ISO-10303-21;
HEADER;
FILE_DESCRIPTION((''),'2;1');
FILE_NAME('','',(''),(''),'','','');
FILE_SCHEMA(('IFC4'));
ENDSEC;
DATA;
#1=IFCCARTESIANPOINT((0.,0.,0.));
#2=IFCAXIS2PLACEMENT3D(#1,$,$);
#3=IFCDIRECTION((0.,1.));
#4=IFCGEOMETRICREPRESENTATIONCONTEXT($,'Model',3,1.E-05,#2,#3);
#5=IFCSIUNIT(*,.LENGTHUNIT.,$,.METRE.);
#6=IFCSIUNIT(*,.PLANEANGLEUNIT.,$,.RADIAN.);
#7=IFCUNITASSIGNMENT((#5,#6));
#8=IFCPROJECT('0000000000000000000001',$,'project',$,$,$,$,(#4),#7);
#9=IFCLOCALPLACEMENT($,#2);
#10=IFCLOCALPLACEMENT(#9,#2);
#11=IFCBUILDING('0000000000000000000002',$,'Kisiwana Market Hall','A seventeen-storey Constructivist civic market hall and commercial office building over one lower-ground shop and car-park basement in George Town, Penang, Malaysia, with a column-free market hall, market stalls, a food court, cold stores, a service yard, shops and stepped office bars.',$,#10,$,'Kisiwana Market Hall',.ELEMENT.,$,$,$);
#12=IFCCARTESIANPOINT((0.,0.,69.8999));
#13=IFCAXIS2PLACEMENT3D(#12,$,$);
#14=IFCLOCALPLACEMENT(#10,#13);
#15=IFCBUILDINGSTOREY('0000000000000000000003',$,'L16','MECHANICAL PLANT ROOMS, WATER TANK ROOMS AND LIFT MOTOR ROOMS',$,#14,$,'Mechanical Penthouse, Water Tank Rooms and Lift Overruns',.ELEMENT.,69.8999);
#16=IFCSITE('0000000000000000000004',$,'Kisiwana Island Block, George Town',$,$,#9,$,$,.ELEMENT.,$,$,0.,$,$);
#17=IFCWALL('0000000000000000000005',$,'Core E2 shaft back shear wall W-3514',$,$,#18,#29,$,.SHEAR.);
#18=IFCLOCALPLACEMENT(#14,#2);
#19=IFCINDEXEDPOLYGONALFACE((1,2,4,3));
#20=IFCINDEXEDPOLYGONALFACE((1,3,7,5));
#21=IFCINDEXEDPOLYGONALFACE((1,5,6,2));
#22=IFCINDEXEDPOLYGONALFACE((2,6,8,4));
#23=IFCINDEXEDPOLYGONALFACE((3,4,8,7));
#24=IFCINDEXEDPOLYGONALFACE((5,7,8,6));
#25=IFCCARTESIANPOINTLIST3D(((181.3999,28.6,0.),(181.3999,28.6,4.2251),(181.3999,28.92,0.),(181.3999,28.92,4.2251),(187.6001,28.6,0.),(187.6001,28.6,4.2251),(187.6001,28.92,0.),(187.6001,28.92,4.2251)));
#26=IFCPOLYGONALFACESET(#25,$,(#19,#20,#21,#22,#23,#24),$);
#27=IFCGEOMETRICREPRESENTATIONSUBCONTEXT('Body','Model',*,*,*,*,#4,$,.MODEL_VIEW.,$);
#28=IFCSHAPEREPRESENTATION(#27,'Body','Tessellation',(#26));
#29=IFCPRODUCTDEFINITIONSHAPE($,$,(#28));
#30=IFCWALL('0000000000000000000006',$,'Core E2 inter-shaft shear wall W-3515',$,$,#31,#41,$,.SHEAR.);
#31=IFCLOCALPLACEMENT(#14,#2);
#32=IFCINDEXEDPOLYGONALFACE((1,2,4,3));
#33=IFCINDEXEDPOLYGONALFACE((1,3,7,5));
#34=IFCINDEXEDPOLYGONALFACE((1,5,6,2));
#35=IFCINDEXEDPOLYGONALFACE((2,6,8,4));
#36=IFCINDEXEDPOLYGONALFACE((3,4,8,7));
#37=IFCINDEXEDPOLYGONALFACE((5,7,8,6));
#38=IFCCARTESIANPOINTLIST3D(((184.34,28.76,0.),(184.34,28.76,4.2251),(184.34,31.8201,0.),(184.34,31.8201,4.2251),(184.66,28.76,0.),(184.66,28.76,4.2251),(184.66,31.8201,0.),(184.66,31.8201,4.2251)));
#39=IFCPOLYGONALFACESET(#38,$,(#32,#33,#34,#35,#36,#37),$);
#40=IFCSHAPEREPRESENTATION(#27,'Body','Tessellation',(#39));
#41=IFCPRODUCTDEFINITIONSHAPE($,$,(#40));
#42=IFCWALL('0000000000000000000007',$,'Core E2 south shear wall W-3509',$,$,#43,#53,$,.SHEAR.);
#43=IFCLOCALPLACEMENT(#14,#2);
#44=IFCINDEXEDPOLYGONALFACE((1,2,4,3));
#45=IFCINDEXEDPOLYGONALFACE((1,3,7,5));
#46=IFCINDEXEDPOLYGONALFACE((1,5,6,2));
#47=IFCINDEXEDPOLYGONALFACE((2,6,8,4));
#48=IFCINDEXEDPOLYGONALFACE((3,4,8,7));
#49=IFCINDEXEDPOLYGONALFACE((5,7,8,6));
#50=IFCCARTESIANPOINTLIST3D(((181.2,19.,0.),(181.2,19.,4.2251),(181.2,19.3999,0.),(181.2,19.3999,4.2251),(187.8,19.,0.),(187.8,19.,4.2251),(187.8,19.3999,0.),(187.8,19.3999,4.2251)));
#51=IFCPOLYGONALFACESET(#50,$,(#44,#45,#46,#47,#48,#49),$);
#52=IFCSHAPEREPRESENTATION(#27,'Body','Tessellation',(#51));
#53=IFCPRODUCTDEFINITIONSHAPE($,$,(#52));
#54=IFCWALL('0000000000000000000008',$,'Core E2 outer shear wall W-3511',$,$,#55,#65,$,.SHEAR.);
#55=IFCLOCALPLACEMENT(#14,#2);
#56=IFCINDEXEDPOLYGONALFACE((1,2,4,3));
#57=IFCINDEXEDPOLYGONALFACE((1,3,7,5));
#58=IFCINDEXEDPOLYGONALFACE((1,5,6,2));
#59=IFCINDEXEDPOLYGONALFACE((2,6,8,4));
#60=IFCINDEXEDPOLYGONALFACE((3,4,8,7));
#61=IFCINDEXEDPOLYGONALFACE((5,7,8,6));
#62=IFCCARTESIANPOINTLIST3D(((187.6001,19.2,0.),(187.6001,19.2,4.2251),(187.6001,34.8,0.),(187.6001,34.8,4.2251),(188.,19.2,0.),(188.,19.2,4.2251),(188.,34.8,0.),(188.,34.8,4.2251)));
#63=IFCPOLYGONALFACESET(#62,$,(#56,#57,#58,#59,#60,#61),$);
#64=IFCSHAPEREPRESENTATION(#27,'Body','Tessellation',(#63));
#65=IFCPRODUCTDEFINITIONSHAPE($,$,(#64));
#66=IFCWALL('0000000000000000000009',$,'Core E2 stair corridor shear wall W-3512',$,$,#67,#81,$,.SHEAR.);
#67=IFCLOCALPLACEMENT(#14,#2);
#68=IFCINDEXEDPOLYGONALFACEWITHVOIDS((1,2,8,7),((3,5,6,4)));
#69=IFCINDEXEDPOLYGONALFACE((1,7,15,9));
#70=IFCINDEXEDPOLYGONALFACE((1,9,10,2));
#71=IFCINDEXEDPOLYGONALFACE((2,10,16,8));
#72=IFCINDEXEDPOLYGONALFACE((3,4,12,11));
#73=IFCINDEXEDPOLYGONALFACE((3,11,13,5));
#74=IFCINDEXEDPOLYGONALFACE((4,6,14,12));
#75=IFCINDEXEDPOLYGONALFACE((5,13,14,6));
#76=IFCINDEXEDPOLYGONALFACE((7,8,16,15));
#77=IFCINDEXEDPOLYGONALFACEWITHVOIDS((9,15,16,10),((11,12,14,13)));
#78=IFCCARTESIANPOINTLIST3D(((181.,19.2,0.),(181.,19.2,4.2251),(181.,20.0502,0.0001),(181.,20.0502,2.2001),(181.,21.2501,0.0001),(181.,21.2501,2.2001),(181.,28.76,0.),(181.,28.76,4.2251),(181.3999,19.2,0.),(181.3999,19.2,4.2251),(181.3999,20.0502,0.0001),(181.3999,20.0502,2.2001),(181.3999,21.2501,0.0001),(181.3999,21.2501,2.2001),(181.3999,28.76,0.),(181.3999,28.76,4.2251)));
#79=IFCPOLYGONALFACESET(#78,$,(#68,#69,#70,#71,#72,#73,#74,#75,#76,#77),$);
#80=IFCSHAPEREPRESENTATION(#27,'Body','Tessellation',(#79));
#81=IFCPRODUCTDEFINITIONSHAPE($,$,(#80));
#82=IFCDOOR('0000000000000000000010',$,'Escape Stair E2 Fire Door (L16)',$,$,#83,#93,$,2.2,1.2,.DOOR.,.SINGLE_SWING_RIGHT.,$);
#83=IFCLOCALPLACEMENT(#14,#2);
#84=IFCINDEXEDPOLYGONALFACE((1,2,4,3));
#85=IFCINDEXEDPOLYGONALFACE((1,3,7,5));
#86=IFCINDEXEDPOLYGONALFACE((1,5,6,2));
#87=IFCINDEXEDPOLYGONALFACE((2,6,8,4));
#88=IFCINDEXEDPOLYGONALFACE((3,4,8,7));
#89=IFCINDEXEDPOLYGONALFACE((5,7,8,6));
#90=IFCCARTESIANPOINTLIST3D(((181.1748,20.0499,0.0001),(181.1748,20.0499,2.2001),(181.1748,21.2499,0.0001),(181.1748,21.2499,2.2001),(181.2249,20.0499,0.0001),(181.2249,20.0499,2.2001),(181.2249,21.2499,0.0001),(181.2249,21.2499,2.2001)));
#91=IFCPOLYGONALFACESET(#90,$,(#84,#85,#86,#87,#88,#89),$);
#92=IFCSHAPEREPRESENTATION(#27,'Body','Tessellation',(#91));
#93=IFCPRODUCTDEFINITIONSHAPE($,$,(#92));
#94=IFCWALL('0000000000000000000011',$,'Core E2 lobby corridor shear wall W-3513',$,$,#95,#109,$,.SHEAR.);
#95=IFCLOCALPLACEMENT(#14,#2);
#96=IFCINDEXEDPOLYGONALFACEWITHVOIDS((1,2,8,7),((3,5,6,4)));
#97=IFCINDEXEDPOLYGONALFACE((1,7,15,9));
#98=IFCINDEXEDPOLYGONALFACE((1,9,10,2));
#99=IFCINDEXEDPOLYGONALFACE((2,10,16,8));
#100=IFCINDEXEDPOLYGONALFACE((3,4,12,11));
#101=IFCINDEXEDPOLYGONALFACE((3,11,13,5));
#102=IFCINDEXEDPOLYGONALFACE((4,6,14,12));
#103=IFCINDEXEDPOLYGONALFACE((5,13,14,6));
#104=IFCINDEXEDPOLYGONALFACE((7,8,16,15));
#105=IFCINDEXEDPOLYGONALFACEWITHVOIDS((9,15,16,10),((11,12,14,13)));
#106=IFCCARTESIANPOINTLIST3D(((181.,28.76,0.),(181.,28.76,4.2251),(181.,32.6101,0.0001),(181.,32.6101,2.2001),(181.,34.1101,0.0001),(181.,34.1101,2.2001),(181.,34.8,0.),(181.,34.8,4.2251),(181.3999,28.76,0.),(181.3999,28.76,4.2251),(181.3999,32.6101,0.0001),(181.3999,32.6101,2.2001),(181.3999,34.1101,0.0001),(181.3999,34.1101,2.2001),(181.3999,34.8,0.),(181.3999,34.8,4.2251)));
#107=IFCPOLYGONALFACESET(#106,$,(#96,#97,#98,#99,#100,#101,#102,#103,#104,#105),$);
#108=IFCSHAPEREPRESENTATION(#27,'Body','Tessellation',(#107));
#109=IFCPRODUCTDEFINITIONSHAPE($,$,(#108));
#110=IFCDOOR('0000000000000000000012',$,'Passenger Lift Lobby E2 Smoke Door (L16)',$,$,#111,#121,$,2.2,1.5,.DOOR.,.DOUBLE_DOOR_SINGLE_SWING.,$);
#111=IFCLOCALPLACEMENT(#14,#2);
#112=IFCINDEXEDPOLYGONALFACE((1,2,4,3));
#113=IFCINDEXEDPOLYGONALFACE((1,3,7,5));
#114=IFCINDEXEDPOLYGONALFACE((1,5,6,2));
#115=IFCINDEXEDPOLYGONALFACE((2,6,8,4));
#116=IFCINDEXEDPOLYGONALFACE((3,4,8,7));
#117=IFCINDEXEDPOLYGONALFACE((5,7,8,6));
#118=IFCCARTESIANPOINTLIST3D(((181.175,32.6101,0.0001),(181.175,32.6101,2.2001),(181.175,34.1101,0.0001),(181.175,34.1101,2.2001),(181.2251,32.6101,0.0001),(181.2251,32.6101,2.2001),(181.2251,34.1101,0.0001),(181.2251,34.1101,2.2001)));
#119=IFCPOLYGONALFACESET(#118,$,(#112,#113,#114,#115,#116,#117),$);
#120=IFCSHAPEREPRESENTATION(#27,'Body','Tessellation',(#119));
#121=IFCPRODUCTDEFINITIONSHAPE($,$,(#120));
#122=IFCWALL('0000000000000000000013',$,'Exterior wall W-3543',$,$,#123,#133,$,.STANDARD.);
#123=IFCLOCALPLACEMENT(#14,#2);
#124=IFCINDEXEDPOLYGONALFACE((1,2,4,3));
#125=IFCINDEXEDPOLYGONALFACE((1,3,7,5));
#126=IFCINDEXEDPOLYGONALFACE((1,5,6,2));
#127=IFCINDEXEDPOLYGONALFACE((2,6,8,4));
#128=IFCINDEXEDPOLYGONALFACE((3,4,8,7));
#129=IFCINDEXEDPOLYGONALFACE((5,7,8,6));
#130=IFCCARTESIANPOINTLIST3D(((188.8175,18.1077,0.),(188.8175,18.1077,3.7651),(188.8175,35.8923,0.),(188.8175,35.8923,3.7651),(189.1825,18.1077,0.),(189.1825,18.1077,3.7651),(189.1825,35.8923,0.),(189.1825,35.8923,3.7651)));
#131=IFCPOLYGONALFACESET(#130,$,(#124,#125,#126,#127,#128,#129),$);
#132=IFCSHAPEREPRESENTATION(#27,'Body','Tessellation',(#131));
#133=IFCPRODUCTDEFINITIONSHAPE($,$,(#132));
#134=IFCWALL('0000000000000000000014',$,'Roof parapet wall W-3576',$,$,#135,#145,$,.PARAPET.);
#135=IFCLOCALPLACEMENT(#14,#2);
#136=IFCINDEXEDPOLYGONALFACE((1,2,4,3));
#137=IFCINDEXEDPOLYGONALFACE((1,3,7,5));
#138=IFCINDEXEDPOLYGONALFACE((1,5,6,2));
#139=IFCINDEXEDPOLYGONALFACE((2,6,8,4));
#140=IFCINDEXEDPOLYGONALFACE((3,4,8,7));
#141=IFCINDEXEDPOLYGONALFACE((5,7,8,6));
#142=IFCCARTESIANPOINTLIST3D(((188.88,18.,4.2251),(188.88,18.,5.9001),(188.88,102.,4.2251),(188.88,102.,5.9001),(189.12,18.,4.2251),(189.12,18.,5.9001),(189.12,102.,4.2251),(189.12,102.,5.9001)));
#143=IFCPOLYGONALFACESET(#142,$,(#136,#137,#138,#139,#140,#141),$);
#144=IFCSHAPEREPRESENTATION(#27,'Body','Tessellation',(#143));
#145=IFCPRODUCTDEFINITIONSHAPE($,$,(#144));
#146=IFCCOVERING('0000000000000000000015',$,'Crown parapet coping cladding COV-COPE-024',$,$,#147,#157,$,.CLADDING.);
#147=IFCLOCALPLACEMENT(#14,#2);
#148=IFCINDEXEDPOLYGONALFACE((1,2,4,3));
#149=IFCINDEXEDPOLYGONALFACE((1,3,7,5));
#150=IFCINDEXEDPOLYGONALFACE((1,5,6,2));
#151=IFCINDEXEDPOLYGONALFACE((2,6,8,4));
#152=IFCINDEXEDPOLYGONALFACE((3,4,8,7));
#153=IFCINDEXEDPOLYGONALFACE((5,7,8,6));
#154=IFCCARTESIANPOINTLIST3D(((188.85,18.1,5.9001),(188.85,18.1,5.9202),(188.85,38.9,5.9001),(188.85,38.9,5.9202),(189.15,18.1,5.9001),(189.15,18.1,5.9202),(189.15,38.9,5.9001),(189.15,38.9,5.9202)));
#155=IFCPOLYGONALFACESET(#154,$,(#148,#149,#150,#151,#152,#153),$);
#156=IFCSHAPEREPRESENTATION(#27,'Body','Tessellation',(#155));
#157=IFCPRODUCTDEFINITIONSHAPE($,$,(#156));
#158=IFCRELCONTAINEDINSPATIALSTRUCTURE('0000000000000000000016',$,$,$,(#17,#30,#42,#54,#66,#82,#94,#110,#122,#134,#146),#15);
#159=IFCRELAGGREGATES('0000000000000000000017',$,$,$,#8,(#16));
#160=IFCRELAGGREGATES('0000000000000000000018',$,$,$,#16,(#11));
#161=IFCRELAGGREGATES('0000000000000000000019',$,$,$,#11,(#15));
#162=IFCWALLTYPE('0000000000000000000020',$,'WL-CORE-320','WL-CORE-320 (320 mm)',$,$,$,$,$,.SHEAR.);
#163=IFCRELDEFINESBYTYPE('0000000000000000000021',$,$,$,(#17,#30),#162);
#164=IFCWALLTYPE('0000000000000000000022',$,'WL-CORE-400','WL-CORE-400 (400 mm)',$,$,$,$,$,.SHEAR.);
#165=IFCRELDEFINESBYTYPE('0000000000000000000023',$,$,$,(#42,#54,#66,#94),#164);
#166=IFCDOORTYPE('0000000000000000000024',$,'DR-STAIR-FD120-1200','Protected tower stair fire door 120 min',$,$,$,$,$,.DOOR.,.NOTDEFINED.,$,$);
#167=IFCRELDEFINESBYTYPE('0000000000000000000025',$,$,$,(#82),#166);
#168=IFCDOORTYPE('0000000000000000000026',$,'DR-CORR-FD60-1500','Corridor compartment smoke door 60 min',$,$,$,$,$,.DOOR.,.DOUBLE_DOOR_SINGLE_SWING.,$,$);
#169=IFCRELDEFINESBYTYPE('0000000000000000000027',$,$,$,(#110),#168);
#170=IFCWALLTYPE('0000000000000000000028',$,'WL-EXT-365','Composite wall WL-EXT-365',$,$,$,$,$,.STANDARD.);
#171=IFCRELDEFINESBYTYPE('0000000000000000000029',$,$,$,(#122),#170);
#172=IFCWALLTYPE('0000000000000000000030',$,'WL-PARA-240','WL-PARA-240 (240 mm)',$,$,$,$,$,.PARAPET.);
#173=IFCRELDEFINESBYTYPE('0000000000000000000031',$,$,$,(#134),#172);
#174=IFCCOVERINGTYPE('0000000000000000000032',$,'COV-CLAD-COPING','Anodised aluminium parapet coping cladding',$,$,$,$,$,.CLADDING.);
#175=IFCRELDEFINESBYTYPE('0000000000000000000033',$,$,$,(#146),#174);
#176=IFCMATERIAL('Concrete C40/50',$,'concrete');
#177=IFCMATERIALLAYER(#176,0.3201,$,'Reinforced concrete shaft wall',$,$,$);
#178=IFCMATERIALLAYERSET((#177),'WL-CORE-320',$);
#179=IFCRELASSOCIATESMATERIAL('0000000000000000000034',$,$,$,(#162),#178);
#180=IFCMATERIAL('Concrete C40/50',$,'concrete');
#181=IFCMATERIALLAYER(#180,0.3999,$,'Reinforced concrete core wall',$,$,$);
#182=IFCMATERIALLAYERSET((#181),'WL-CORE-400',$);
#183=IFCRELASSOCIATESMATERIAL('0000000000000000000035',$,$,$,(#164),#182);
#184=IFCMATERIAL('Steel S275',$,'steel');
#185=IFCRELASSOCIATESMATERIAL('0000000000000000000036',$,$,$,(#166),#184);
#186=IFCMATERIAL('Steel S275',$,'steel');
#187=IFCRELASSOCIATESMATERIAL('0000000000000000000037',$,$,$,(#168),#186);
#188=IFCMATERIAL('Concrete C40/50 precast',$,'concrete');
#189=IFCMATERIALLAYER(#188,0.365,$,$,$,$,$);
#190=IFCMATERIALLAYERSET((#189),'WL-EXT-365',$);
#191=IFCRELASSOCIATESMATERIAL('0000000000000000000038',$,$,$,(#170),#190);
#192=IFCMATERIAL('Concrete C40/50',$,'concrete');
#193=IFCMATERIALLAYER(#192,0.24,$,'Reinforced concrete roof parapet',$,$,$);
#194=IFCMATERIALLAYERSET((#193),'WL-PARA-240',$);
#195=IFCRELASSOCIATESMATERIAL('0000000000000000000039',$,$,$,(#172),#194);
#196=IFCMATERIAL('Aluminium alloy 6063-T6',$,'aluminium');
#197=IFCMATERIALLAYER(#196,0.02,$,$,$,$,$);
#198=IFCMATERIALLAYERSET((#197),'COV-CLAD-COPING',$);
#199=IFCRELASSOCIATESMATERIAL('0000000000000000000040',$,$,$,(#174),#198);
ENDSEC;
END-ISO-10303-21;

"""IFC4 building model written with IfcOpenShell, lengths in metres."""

from ifc_helpers import new_model, si_unit, direction, frame, frame_2d, origin, origin_2d, place, context, subcontext, project, spatial, rectangle, extrude, material, layer, layer_set, type_object, element, fill, save


model = new_model("IFC4")

# Units and contexts
model_context = context("Model", 3, precision=1e-05, world=origin(), true_north=direction((0.0, 1.0)))
body_context = subcontext(model_context, "Body", "Model", "MODEL_VIEW")
ifc_project = project(units=[si_unit("LENGTHUNIT", "METRE"), si_unit("PLANEANGLEUNIT", "RADIAN")], contexts=[model_context])

# Site, building, storey
site_placement = place(None, origin())
site = spatial("IfcSite", under=ifc_project, at=site_placement, Name="Kisiwana Island Block, George Town", CompositionType="ELEMENT", RefElevation=0.0)
building_placement = place(site_placement, origin())
building = spatial("IfcBuilding", under=site, at=building_placement, Name="Kisiwana Market Hall", Description="A seventeen-storey Constructivist civic market hall and commercial office building over one lower-ground shop and car-park basement in George Town, Penang, Malaysia, with a column-free market hall, market stalls, a food court, cold stores, a service yard, shops and stepped office bars.", LongName="Kisiwana Market Hall", CompositionType="ELEMENT")
storey_placement = place(building_placement, frame((0.0, 0.0, 69.8999)))
storey = spatial("IfcBuildingStorey", under=building, at=storey_placement, Name="L16", Description="MECHANICAL PLANT ROOMS, WATER TANK ROOMS AND LIFT MOTOR ROOMS", LongName="Mechanical Penthouse, Water Tank Rooms and Lift Overruns", CompositionType="ELEMENT", Elevation=69.8999)

# Walls
ifc_material_1 = material(Name="Concrete C40/50", Category="concrete")
ifc_layer_1 = layer(ifc_material_1, 0.3201, Name="Reinforced concrete shaft wall")
ifc_layer_set_1 = layer_set([ifc_layer_1], Name="WL-CORE-320")
wall_type_1 = type_object("IfcWallType", Name="WL-CORE-320", Description="WL-CORE-320 (320 mm)", PredefinedType="SHEAR", material=ifc_layer_set_1)
wall_1_placement = place(storey_placement, frame((181.3999, 28.76, 0.0), z_axis=(0.0, 0.0, 1.0), x_axis=(1.0, 0.0, 0.0)))
element("IfcWall", 1, at=wall_1_placement, inside=storey, type_object=wall_type_1, Name="Core E2 shaft back shear wall W-3514", PredefinedType="SHEAR", context=body_context, shape_type="SweptSolid", body=[
    extrude(rectangle(XDim=6.2002, YDim=0.3201, at=frame_2d((3.1001, 0.0))), origin(), (0.0, 0.0, 1.0), 4.2251),
])
wall_2_placement = place(storey_placement, frame((184.5, 28.76, 0.0), z_axis=(0.0, 0.0, 1.0), x_axis=(0.0, 1.0, 0.0)))
element("IfcWall", 2, at=wall_2_placement, inside=storey, type_object=wall_type_1, Name="Core E2 inter-shaft shear wall W-3515", PredefinedType="SHEAR", context=body_context, shape_type="SweptSolid", body=[
    extrude(rectangle(XDim=3.0601, YDim=0.3201, at=frame_2d((1.53, 0.0))), origin(), (0.0, 0.0, 1.0), 4.2251),
])
ifc_material_2 = material(Name="Concrete C40/50", Category="concrete")
ifc_layer_2 = layer(ifc_material_2, 0.3999, Name="Reinforced concrete core wall")
ifc_layer_set_2 = layer_set([ifc_layer_2], Name="WL-CORE-400")
wall_type_2 = type_object("IfcWallType", Name="WL-CORE-400", Description="WL-CORE-400 (400 mm)", PredefinedType="SHEAR", material=ifc_layer_set_2)
wall_3_placement = place(storey_placement, frame((181.2, 19.2, 0.0), z_axis=(0.0, 0.0, 1.0), x_axis=(1.0, 0.0, 0.0)))
element("IfcWall", 3, at=wall_3_placement, inside=storey, type_object=wall_type_2, Name="Core E2 south shear wall W-3509", PredefinedType="SHEAR", context=body_context, shape_type="SweptSolid", body=[
    extrude(rectangle(XDim=6.6001, YDim=0.3999, at=frame_2d((3.3, 0.0))), origin(), (0.0, 0.0, 1.0), 4.2251),
])
wall_4_placement = place(storey_placement, frame((187.8, 19.2, 0.0), z_axis=(0.0, 0.0, 1.0), x_axis=(0.0, 1.0, 0.0)))
element("IfcWall", 4, at=wall_4_placement, inside=storey, type_object=wall_type_2, Name="Core E2 outer shear wall W-3511", PredefinedType="SHEAR", context=body_context, shape_type="SweptSolid", body=[
    extrude(rectangle(XDim=15.6001, YDim=0.3999, at=frame_2d((7.8, 0.0))), origin(), (0.0, 0.0, 1.0), 4.2251),
])

# Walls, openings, doors
wall_5_placement = place(storey_placement, frame((181.2, 19.2, 0.0), z_axis=(0.0, 0.0, 1.0), x_axis=(0.0, 1.0, 0.0)))
wall_5 = element("IfcWall", 5, at=wall_5_placement, inside=storey, type_object=wall_type_2, Name="Core E2 stair corridor shear wall W-3512", PredefinedType="SHEAR", context=body_context, shape_type="SweptSolid", body=[
    extrude(rectangle(XDim=9.5601, YDim=0.3999, at=frame_2d((4.78, 0.0))), origin(), (0.0, 0.0, 1.0), 4.2251),
])
opening_1_placement = place(wall_5_placement, frame((0.8501, 0.0, 0.0)))
opening_1 = element("IfcOpeningElement", 6, at=opening_1_placement, cuts=wall_5, PredefinedType="OPENING", context=body_context, shape_type="SweptSolid", body=[
    extrude(rectangle(XDim=1.2, YDim=2.2, at=frame_2d((0.6001, 1.1001))), frame((0.0, 0.2119, 0.0), z_axis=(0.0, -1.0, 0.0), x_axis=(1.0, 0.0, 0.0)), (0.0, 0.0, 1.0), 0.4238),
])
ifc_material_3 = material(Name="Steel S275", Category="steel")
door_type_1 = type_object("IfcDoorType", Name="DR-STAIR-FD120-1200", Description="Protected tower stair fire door 120 min", OperationType="NOTDEFINED", PredefinedType="DOOR", material=ifc_material_3)
door_1_placement = place(opening_1_placement, frame((1.2, 0.0, 0.0), z_axis=(0.0, 0.0, 1.0), x_axis=(-1.0, 0.0, 0.0)))
door_1 = element("IfcDoor", 7, at=door_1_placement, inside=storey, type_object=door_type_1, Name="Escape Stair E2 Fire Door (L16)", OperationType="SINGLE_SWING_RIGHT", OverallHeight=2.2, OverallWidth=1.2, PredefinedType="DOOR", context=body_context, shape_type="SweptSolid", body=[
    extrude(rectangle(XDim=1.2, YDim=2.2, at=frame_2d((0.6001, 1.1001))), frame((0.0, 0.0249, 0.0), z_axis=(0.0, -1.0, 0.0), x_axis=(1.0, 0.0, 0.0)), (0.0, 0.0, 1.0), 0.05),
])
fill(opening_1, door_1)
wall_6_placement = place(storey_placement, frame((181.2, 28.76, 0.0), z_axis=(0.0, 0.0, 1.0), x_axis=(0.0, 1.0, 0.0)))
wall_6 = element("IfcWall", 8, at=wall_6_placement, inside=storey, type_object=wall_type_2, Name="Core E2 lobby corridor shear wall W-3513", PredefinedType="SHEAR", context=body_context, shape_type="SweptSolid", body=[
    extrude(rectangle(XDim=6.04, YDim=0.3999, at=frame_2d((3.02, 0.0))), origin(), (0.0, 0.0, 1.0), 4.2251),
])
opening_2_placement = place(wall_6_placement, frame((3.8501, 0.0, 0.0)))
opening_2 = element("IfcOpeningElement", 9, at=opening_2_placement, cuts=wall_6, PredefinedType="OPENING", context=body_context, shape_type="SweptSolid", body=[
    extrude(rectangle(XDim=1.5, YDim=2.2, at=frame_2d((0.75, 1.1001))), frame((0.0, 0.2119, 0.0), z_axis=(0.0, -1.0, 0.0), x_axis=(1.0, 0.0, 0.0)), (0.0, 0.0, 1.0), 0.4238),
])
ifc_material_4 = material(Name="Steel S275", Category="steel")
door_type_2 = type_object("IfcDoorType", Name="DR-CORR-FD60-1500", Description="Corridor compartment smoke door 60 min", OperationType="DOUBLE_DOOR_SINGLE_SWING", PredefinedType="DOOR", material=ifc_material_4)
door_2_placement = place(opening_2_placement, origin())
door_2 = element("IfcDoor", 10, at=door_2_placement, inside=storey, type_object=door_type_2, Name="Passenger Lift Lobby E2 Smoke Door (L16)", OperationType="DOUBLE_DOOR_SINGLE_SWING", OverallHeight=2.2, OverallWidth=1.5, PredefinedType="DOOR", context=body_context, shape_type="SweptSolid", body=[
    extrude(rectangle(XDim=1.5, YDim=2.2, at=frame_2d((0.75, 1.1001))), frame((0.0, 0.0249, 0.0), z_axis=(0.0, -1.0, 0.0), x_axis=(1.0, 0.0, 0.0)), (0.0, 0.0, 1.0), 0.05),
])
fill(opening_2, door_2)

# Walls
ifc_material_5 = material(Name="Concrete C40/50 precast", Category="concrete")
ifc_layer_3 = layer(ifc_material_5, 0.365)
ifc_layer_set_3 = layer_set([ifc_layer_3], Name="WL-EXT-365")
wall_type_3 = type_object("IfcWallType", Name="WL-EXT-365", Description="Composite wall WL-EXT-365", PredefinedType="STANDARD", material=ifc_layer_set_3)
wall_7_placement = place(storey_placement, frame((189.0, 18.1077, 0.0), z_axis=(0.0, 0.0, 1.0), x_axis=(0.0, 1.0, 0.0)))
element("IfcWall", 11, at=wall_7_placement, inside=storey, type_object=wall_type_3, Name="Exterior wall W-3543", PredefinedType="STANDARD", context=body_context, shape_type="SweptSolid", body=[
    extrude(rectangle(XDim=17.7847, YDim=0.365, at=frame_2d((8.8923, 0.0))), origin(), (0.0, 0.0, 1.0), 3.7651),
])
ifc_material_6 = material(Name="Concrete C40/50", Category="concrete")
ifc_layer_4 = layer(ifc_material_6, 0.24, Name="Reinforced concrete roof parapet")
ifc_layer_set_4 = layer_set([ifc_layer_4], Name="WL-PARA-240")
wall_type_4 = type_object("IfcWallType", Name="WL-PARA-240", Description="WL-PARA-240 (240 mm)", PredefinedType="PARAPET", material=ifc_layer_set_4)
wall_8_placement = place(storey_placement, frame((189.0, 18.0, 4.2251), z_axis=(0.0, 0.0, 1.0), x_axis=(0.0, 1.0, 0.0)))
element("IfcWall", 12, at=wall_8_placement, inside=storey, type_object=wall_type_4, Name="Roof parapet wall W-3576", PredefinedType="PARAPET", context=body_context, shape_type="SweptSolid", body=[
    extrude(rectangle(XDim=84.0, YDim=0.24, at=frame_2d((42.0, 0.0))), origin(), (0.0, 0.0, 1.0), 1.675),
])

# Covering
ifc_material_7 = material(Name="Aluminium alloy 6063-T6", Category="aluminium")
ifc_layer_5 = layer(ifc_material_7, 0.02)
ifc_layer_set_5 = layer_set([ifc_layer_5], Name="COV-CLAD-COPING")
covering_type = type_object("IfcCoveringType", Name="COV-CLAD-COPING", Description="Anodised aluminium parapet coping cladding", PredefinedType="CLADDING", material=ifc_layer_set_5)
covering_placement = place(storey_placement, frame((189.0, 28.5, 5.9001), z_axis=(0.0, 0.0, 1.0), x_axis=(1.0, 0.0, 0.0)))
element("IfcCovering", 13, at=covering_placement, inside=storey, type_object=covering_type, Name="Crown parapet coping cladding COV-COPE-024", PredefinedType="CLADDING", context=body_context, shape_type="SweptSolid", body=[
    extrude(rectangle(XDim=0.3, YDim=20.8, at=origin_2d()), origin(), (0.0, 0.0, 1.0), 0.02),
])

save(model, "model.ifc")
